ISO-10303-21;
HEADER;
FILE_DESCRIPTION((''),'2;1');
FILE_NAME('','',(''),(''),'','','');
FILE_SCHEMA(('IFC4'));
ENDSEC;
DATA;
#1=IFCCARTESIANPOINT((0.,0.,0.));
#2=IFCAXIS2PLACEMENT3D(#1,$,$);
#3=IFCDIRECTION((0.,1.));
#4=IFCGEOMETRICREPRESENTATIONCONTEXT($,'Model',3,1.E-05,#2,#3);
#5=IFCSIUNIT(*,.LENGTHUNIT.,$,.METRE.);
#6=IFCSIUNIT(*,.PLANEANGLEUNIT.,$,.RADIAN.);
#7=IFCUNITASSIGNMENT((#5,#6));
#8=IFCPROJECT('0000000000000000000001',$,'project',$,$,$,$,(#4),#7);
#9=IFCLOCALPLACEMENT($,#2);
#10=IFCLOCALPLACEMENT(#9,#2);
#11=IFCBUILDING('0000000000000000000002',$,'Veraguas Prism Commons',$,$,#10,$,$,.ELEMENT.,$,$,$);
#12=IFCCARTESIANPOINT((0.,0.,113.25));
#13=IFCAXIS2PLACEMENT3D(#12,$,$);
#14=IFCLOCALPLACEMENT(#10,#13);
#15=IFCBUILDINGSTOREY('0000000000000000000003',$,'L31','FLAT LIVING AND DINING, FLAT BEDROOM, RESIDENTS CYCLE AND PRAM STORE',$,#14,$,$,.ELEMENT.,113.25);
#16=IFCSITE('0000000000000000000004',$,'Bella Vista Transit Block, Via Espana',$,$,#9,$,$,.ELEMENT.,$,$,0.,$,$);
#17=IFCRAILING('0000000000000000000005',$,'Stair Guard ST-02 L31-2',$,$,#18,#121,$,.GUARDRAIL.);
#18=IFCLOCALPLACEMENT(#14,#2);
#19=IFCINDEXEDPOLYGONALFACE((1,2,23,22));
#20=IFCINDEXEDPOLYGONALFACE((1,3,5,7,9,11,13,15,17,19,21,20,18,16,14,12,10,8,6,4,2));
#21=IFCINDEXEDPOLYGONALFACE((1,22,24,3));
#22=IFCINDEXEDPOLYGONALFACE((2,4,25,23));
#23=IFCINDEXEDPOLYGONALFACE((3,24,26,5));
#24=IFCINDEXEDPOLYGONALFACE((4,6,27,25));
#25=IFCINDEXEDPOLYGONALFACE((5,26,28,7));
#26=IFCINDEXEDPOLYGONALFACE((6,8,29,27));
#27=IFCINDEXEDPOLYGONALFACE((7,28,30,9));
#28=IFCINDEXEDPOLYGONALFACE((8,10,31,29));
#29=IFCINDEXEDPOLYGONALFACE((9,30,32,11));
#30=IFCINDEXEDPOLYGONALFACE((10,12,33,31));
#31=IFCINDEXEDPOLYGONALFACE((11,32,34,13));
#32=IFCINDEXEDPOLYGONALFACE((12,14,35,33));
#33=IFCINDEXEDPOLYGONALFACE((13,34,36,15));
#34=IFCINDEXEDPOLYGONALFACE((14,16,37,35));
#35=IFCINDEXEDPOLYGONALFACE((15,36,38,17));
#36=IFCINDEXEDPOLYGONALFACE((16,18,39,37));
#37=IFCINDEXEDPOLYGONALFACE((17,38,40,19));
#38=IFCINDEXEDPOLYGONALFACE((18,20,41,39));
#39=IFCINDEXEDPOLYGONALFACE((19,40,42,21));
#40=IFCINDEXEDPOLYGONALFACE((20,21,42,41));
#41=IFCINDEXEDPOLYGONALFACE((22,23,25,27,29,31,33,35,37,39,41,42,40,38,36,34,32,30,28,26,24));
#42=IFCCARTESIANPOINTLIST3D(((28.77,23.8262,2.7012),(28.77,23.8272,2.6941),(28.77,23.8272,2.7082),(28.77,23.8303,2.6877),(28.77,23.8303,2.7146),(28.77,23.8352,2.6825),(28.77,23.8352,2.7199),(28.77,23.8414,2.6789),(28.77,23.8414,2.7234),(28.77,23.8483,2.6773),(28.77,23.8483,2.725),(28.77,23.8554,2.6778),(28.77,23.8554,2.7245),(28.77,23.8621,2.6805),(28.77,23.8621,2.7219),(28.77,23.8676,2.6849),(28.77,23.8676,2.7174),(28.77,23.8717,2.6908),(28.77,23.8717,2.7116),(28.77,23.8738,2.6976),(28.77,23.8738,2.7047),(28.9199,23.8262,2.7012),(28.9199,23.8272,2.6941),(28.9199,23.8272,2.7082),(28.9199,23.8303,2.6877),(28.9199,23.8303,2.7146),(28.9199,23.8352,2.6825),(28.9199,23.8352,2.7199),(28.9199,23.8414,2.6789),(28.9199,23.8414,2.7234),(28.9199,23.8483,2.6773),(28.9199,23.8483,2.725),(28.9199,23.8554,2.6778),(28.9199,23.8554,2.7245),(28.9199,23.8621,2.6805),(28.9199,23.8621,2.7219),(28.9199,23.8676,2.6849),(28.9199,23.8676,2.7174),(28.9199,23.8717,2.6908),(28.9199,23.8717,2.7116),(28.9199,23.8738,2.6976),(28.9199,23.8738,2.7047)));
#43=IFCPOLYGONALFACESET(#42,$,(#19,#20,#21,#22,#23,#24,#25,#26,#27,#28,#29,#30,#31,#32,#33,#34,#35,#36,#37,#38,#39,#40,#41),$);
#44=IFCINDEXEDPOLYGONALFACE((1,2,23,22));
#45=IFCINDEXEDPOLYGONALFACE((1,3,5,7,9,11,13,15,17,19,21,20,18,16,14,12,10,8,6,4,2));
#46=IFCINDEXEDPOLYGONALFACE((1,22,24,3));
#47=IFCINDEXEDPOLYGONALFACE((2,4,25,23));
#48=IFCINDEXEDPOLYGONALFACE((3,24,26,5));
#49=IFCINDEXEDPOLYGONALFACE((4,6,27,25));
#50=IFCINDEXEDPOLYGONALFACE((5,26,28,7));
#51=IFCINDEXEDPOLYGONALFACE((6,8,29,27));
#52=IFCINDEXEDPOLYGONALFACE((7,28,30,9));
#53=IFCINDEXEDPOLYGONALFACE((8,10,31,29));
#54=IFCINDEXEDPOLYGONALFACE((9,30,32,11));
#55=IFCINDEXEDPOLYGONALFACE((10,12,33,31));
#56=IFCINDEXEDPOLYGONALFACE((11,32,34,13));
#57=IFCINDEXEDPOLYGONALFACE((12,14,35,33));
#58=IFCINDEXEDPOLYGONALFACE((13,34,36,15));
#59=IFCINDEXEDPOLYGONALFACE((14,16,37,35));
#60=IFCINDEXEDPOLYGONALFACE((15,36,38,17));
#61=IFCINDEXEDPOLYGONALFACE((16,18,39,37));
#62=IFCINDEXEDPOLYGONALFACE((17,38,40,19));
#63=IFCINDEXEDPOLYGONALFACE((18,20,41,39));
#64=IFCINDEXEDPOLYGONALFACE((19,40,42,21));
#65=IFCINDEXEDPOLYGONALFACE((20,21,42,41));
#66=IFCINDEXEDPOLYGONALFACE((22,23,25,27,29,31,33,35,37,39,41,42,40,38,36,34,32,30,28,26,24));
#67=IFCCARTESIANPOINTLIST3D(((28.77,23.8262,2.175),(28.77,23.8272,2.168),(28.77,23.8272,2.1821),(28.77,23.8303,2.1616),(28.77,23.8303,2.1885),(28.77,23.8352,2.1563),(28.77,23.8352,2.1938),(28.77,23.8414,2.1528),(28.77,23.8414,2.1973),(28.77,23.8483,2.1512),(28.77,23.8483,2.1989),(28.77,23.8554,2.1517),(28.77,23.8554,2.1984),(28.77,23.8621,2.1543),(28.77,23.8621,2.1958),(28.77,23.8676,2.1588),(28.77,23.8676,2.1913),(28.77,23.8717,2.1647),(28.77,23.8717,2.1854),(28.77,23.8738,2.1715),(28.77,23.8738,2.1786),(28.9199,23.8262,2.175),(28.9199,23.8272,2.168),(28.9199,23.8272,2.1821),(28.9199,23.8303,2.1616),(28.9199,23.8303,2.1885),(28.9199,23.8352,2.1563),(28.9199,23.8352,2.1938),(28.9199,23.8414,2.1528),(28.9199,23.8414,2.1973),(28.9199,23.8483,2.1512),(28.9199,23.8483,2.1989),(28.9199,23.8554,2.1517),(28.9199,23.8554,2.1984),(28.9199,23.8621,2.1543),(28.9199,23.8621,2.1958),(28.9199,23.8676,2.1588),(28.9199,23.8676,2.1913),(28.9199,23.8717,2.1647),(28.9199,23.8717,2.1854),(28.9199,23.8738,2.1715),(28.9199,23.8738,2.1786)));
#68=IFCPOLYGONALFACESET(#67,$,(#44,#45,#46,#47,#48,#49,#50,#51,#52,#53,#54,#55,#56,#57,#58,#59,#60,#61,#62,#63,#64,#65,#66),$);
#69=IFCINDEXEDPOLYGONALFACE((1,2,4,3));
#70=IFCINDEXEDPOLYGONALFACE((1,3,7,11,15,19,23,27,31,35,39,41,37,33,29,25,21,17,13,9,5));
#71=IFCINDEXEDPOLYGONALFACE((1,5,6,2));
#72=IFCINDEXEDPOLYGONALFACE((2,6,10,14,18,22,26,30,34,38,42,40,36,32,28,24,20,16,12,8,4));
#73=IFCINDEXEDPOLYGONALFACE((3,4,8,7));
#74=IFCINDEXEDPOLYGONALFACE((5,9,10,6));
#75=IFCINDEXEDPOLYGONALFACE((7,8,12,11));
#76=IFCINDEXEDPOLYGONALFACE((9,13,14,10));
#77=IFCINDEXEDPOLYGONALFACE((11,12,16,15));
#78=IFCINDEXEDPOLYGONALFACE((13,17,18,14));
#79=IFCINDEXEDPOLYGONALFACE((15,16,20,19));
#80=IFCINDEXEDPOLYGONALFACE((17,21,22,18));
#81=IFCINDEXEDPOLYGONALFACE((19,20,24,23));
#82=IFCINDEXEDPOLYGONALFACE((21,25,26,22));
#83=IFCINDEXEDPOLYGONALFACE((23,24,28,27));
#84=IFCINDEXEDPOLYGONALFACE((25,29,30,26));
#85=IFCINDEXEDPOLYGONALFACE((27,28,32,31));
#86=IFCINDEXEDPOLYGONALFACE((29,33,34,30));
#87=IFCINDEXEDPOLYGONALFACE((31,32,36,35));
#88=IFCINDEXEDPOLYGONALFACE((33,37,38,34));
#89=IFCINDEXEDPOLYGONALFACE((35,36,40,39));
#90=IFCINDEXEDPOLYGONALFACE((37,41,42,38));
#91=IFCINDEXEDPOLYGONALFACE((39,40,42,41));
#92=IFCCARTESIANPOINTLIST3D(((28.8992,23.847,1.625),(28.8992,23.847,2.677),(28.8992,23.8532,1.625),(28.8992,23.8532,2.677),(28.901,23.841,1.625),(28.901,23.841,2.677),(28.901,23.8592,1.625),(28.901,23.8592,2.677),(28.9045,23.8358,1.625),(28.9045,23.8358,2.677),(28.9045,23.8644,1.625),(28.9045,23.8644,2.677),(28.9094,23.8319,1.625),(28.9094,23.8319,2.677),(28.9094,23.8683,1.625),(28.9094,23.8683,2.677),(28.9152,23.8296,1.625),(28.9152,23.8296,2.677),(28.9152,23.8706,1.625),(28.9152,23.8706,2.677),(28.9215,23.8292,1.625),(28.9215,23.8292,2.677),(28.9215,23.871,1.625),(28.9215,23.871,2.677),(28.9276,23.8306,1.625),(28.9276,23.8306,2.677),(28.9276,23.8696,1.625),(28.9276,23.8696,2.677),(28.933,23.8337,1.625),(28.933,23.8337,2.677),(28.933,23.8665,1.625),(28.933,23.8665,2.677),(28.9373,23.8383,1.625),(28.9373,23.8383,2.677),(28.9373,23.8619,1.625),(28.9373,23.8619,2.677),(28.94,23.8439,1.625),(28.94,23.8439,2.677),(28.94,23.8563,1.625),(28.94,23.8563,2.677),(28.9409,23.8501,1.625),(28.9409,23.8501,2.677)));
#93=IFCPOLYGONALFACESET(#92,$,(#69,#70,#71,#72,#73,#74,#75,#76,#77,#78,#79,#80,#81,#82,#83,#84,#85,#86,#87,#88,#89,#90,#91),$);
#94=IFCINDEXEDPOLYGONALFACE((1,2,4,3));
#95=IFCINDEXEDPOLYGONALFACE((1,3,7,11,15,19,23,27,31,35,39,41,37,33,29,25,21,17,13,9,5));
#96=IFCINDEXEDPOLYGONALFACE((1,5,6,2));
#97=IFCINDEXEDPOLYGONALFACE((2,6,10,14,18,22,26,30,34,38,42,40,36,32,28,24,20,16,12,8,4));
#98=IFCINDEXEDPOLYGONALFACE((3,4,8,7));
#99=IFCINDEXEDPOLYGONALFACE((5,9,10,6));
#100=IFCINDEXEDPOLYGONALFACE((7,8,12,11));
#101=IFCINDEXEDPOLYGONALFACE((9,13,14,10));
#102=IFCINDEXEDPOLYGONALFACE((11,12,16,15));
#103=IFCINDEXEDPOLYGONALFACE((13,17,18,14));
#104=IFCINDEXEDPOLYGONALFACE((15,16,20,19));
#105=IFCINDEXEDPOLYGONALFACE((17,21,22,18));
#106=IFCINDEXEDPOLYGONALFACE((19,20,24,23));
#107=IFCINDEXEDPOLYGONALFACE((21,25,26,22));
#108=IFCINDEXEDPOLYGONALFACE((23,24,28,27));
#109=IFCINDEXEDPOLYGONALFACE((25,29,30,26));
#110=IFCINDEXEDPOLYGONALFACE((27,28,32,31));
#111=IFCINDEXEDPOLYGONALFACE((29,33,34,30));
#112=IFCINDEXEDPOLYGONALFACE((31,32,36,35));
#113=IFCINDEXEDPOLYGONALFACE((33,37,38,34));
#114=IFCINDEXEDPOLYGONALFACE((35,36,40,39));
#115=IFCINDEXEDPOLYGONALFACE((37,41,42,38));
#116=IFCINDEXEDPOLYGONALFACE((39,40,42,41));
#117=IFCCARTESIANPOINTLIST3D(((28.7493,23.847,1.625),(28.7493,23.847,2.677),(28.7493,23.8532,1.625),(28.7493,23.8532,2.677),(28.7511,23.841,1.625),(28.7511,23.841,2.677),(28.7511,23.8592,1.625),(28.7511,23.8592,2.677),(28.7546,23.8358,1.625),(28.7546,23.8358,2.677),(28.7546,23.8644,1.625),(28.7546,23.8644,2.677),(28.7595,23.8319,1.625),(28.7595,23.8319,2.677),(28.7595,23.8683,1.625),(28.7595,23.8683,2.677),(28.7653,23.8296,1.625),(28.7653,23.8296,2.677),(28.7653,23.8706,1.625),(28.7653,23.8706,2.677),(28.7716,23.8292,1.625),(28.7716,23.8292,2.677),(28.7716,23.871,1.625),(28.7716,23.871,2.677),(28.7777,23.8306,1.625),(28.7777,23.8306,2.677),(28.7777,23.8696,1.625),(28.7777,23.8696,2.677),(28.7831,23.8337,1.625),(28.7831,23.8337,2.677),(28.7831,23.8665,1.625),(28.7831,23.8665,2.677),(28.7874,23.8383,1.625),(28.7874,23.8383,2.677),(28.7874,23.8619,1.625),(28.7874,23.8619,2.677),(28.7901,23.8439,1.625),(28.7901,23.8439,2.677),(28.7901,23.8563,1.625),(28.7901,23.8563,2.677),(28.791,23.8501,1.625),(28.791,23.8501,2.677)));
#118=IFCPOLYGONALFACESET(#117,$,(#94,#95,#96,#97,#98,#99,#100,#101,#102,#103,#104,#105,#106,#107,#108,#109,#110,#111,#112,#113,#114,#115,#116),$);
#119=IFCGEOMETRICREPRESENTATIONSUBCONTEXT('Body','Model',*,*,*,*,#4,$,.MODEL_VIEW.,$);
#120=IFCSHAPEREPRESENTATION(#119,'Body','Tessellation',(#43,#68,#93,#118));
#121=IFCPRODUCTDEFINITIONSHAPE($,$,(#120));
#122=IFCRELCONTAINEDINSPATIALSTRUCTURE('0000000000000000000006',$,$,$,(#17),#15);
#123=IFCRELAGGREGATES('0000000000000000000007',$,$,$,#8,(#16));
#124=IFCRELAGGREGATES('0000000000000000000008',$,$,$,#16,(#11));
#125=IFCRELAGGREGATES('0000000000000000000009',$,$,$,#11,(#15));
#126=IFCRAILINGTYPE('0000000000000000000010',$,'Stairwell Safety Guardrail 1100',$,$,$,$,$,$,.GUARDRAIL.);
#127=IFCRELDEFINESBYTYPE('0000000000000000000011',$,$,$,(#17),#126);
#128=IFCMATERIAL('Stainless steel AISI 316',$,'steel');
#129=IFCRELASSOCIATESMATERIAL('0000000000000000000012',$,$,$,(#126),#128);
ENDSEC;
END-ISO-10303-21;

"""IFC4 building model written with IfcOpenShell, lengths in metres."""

from ifc_helpers import new_model, si_unit, direction, frame, origin, origin_2d, place, context, subcontext, project, spatial, circle, extrude, material, type_object, element, save


model = new_model("IFC4")

# Units and contexts
model_context = context("Model", 3, precision=1e-05, world=origin(), true_north=direction((0.0, 1.0)))
body_context = subcontext(model_context, "Body", "Model", "MODEL_VIEW")
ifc_project = project(units=[si_unit("LENGTHUNIT", "METRE"), si_unit("PLANEANGLEUNIT", "RADIAN")], contexts=[model_context])

# Site, building, storey
site_placement = place(None, origin())
site = spatial("IfcSite", under=ifc_project, at=site_placement, Name="Bella Vista Transit Block, Via Espana", CompositionType="ELEMENT", RefElevation=0.0)
building_placement = place(site_placement, origin())
building = spatial("IfcBuilding", under=site, at=building_placement, Name="Veraguas Prism Commons", CompositionType="ELEMENT")
storey_placement = place(building_placement, frame((0.0, 0.0, 113.25)))
storey = spatial("IfcBuildingStorey", under=building, at=storey_placement, Name="L31", Description="FLAT LIVING AND DINING, FLAT BEDROOM, RESIDENTS CYCLE AND PRAM STORE", CompositionType="ELEMENT", Elevation=113.25)

# Shared definitions
ifc_material_1 = material(Name="Stainless steel AISI 316", Category="steel")

# Railing
railing_type_1 = type_object("IfcRailingType", Name="Stairwell Safety Guardrail 1100", PredefinedType="GUARDRAIL", material=ifc_material_1)
railing_1_placement = place(storey_placement, frame((28.9199, 23.8501, 1.625)))
element("IfcRailing", 1, at=railing_1_placement, inside=storey, type_object=railing_type_1, Name="Stair Guard ST-02 L31-2", PredefinedType="GUARDRAIL", context=body_context, shape_type="SweptSolid", body=[
    extrude(circle(Radius=0.0239, at=origin_2d()), frame((0.0, 0.0, 1.0762), z_axis=(-1.0, 0.0, 0.0), x_axis=(0.0, -1.0, 0.0)), (0.0, 0.0, 1.0), 0.1499),
    extrude(circle(Radius=0.0239, at=origin_2d()), frame((0.0, 0.0, 0.55), z_axis=(-1.0, 0.0, 0.0), x_axis=(0.0, -1.0, 0.0)), (0.0, 0.0, 1.0), 0.1499),
    extrude(circle(Radius=0.021, at=origin_2d()), origin(), (0.0, 0.0, 1.0), 1.052),
    extrude(circle(Radius=0.021, at=origin_2d()), frame((-0.1499, 0.0, 0.0)), (0.0, 0.0, 1.0), 1.052),
])

save(model, "model.ifc")
